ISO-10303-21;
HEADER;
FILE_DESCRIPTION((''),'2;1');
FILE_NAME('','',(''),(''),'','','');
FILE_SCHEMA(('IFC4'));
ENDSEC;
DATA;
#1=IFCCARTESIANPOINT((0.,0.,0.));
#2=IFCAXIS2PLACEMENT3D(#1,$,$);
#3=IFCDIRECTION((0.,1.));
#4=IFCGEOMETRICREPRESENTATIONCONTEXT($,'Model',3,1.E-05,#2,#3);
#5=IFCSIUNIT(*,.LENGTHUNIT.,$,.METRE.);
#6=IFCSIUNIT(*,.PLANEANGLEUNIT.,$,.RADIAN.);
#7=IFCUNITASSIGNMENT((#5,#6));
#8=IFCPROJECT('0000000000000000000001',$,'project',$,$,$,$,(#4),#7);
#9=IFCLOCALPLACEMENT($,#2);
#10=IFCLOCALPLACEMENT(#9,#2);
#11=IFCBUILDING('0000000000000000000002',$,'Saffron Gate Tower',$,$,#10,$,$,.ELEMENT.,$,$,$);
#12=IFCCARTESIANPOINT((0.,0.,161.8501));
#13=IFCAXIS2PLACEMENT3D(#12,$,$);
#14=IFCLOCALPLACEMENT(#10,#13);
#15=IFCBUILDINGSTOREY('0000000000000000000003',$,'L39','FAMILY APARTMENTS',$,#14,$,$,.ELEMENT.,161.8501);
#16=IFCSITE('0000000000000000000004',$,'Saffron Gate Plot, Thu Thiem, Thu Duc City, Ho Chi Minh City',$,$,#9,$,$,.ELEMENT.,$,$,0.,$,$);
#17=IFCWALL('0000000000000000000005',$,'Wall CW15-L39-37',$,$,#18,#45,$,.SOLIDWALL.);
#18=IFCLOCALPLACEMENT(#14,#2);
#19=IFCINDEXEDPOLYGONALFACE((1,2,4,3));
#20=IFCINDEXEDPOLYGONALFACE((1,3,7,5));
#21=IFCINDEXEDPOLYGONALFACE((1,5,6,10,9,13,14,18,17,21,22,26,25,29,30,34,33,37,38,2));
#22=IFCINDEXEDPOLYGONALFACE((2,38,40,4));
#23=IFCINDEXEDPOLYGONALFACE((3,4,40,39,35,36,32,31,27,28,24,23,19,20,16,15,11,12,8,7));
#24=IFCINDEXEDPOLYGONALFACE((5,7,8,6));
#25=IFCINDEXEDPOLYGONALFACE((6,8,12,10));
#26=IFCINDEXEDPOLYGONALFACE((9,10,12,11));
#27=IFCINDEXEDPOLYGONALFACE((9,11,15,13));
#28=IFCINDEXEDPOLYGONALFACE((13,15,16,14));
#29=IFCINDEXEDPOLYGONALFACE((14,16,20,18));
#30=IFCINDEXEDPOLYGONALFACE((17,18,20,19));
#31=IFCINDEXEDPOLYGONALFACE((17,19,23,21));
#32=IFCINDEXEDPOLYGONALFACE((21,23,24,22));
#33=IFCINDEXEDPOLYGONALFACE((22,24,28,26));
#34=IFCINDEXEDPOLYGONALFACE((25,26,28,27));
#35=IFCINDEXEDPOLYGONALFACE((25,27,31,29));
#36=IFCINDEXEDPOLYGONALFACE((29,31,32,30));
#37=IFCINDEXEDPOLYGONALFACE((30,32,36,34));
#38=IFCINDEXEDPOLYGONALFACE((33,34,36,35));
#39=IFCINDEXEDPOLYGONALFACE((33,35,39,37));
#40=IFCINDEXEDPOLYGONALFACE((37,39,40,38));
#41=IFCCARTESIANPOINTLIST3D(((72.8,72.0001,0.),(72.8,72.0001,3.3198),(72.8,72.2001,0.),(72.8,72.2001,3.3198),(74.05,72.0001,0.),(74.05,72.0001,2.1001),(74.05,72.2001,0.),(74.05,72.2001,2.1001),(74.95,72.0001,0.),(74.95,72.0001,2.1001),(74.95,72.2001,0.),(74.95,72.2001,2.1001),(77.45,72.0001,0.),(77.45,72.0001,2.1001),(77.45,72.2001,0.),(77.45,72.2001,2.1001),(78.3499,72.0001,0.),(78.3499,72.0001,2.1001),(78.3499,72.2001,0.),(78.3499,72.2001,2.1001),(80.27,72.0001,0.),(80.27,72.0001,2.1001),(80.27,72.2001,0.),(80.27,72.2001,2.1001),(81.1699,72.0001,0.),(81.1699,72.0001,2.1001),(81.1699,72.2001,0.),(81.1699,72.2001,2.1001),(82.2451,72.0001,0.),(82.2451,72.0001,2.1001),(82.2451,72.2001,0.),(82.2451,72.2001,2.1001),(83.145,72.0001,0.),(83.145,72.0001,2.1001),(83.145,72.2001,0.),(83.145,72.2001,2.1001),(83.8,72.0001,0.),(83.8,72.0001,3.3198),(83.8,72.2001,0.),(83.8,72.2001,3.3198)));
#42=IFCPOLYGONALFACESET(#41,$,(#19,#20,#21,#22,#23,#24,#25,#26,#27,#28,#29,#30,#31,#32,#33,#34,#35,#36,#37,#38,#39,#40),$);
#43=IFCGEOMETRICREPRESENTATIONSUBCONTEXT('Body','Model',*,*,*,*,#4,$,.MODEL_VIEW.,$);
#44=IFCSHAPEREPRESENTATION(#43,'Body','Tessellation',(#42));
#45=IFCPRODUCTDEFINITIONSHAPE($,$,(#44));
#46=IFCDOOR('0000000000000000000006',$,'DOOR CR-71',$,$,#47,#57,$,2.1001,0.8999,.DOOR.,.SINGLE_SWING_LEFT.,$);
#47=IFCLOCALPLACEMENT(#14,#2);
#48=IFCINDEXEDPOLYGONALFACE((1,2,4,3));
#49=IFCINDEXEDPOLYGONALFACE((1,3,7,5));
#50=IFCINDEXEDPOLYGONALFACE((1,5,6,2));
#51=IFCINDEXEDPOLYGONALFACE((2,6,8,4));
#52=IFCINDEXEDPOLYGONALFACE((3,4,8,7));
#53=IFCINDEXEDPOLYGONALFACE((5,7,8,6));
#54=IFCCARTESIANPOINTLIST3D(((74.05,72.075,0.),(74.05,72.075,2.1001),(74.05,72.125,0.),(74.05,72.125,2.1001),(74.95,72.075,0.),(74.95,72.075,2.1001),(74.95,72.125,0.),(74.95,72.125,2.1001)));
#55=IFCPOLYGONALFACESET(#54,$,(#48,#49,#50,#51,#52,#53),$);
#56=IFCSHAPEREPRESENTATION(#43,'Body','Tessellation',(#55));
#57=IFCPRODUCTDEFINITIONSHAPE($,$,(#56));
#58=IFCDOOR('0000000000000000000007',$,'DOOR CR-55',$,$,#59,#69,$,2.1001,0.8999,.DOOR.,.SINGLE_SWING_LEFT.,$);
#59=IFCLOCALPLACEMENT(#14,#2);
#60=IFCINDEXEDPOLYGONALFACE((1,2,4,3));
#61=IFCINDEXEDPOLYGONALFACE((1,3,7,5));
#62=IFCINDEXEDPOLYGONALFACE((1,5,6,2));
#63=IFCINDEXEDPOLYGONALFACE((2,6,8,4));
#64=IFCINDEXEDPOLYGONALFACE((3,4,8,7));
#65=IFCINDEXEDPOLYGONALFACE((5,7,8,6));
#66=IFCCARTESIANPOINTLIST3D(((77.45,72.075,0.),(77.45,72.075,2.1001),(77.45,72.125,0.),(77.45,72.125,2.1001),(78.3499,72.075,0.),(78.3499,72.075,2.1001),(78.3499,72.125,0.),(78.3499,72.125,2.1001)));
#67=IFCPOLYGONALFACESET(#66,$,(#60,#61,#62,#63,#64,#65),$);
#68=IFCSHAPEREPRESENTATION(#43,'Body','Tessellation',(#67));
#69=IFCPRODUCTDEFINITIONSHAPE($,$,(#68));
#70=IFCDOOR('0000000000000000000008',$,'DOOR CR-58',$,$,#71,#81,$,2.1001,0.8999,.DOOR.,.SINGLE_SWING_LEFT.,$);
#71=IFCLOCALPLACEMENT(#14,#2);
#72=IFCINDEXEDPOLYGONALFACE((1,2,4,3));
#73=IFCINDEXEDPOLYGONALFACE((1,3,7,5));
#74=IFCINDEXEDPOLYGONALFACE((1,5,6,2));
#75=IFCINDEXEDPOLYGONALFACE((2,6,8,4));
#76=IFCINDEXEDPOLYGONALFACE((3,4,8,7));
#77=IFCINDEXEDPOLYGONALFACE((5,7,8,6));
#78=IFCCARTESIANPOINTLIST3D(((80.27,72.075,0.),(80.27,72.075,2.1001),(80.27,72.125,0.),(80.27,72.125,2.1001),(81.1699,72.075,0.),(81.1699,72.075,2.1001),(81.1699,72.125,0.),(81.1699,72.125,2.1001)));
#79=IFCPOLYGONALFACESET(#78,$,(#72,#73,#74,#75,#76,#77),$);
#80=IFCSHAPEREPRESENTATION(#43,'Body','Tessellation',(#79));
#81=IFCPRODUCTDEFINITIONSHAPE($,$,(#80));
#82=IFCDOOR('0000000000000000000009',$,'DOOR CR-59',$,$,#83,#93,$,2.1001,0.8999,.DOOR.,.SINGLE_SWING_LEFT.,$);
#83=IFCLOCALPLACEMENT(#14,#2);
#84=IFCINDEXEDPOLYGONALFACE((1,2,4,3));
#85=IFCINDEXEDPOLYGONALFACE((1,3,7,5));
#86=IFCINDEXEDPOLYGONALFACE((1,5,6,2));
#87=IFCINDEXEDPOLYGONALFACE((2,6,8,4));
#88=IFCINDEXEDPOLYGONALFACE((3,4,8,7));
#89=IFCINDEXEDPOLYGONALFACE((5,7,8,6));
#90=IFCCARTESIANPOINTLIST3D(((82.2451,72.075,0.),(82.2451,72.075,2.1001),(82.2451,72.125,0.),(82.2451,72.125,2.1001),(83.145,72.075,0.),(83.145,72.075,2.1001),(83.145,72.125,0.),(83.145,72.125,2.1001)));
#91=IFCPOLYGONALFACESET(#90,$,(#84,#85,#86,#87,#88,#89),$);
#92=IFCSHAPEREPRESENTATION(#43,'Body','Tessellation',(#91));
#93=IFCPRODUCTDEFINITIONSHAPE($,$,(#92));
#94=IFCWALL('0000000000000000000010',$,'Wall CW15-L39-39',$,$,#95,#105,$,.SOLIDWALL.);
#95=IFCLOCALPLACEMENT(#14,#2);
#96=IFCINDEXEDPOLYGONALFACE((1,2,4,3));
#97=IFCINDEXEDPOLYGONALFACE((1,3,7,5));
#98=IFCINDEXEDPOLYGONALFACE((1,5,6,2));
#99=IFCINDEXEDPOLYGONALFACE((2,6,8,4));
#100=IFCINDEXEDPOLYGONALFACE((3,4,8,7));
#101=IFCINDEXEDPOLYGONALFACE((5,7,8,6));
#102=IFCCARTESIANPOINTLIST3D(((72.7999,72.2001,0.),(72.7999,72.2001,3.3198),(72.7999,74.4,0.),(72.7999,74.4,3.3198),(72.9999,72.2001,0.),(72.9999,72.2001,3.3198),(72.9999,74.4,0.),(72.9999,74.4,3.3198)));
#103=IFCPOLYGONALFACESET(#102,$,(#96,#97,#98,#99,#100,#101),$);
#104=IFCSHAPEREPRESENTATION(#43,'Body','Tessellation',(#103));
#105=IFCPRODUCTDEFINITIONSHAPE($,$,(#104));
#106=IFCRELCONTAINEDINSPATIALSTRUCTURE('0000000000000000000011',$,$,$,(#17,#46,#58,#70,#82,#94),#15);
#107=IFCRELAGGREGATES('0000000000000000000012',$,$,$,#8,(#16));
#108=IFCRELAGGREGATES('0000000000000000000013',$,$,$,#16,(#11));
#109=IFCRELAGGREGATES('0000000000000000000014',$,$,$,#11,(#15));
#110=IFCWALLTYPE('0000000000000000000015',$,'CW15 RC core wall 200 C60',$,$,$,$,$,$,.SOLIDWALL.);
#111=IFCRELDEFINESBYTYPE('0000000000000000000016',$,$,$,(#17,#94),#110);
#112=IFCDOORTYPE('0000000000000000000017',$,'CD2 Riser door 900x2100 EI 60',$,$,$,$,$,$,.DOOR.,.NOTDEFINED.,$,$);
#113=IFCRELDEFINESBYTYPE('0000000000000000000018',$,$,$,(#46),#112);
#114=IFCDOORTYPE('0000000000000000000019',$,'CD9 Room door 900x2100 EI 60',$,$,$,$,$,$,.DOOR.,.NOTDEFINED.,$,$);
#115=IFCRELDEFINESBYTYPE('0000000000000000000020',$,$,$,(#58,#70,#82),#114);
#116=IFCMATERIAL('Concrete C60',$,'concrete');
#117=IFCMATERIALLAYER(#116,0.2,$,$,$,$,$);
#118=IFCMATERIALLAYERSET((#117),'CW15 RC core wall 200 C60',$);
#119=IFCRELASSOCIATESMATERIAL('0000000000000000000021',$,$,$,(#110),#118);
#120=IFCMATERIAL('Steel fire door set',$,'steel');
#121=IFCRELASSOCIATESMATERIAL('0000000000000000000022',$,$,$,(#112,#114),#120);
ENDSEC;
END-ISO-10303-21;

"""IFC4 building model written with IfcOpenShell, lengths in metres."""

from ifc_helpers import new_model, si_unit, direction, frame, frame_2d, origin, place, context, subcontext, project, spatial, rectangle, extrude, material, layer, layer_set, type_object, element, fill, save


model = new_model("IFC4")

# Units and contexts
model_context = context("Model", 3, precision=1e-05, world=origin(), true_north=direction((0.0, 1.0)))
body_context = subcontext(model_context, "Body", "Model", "MODEL_VIEW")
ifc_project = project(units=[si_unit("LENGTHUNIT", "METRE"), si_unit("PLANEANGLEUNIT", "RADIAN")], contexts=[model_context])

# Site, building, storey
site_placement = place(None, origin())
site = spatial("IfcSite", under=ifc_project, at=site_placement, Name="Saffron Gate Plot, Thu Thiem, Thu Duc City, Ho Chi Minh City", CompositionType="ELEMENT", RefElevation=0.0)
building_placement = place(site_placement, origin())
building = spatial("IfcBuilding", under=site, at=building_placement, Name="Saffron Gate Tower", CompositionType="ELEMENT")
storey_placement = place(building_placement, frame((0.0, 0.0, 161.8501)))
storey = spatial("IfcBuildingStorey", under=building, at=storey_placement, Name="L39", Description="FAMILY APARTMENTS", CompositionType="ELEMENT", Elevation=161.8501)

# Shared definitions
ifc_material_1 = material(Name="Concrete C60", Category="concrete")
ifc_material_2 = material(Name="Steel fire door set", Category="steel")
ifc_layer_1 = layer(ifc_material_1, 0.2)
ifc_layer_set_1 = layer_set([ifc_layer_1], Name="CW15 RC core wall 200 C60")
wall_type_1 = type_object("IfcWallType", Name="CW15 RC core wall 200 C60", PredefinedType="SOLIDWALL", material=ifc_layer_set_1)

# Wall, openings, doors
wall_1_placement = place(storey_placement, frame((72.8, 72.1001, 0.0), z_axis=(0.0, 0.0, 1.0), x_axis=(1.0, 0.0, 0.0)))
wall_1 = element("IfcWall", 1, at=wall_1_placement, inside=storey, type_object=wall_type_1, Name="Wall CW15-L39-37", PredefinedType="SOLIDWALL", context=body_context, shape_type="SweptSolid", body=[
    extrude(rectangle(XDim=11.0, YDim=0.2, at=frame_2d((5.5, 0.0))), origin(), (0.0, 0.0, 1.0), 3.3198),
])
opening_1_placement = place(wall_1_placement, frame((1.25, 0.0, 0.0)))
opening_1 = element("IfcOpeningElement", 2, at=opening_1_placement, cuts=wall_1, PredefinedType="OPENING", context=body_context, shape_type="SweptSolid", body=[
    extrude(rectangle(XDim=0.8999, YDim=2.1001, at=frame_2d((0.45, 1.05))), frame((0.0, 0.1099, 0.0), z_axis=(0.0, -1.0, 0.0), x_axis=(1.0, 0.0, 0.0)), (0.0, 0.0, 1.0), 0.22),
])
opening_2_placement = place(wall_1_placement, frame((4.6499, 0.0, 0.0)))
opening_2 = element("IfcOpeningElement", 3, at=opening_2_placement, cuts=wall_1, PredefinedType="OPENING", context=body_context, shape_type="SweptSolid", body=[
    extrude(rectangle(XDim=0.8999, YDim=2.1001, at=frame_2d((0.45, 1.05))), frame((0.0, 0.1099, 0.0), z_axis=(0.0, -1.0, 0.0), x_axis=(1.0, 0.0, 0.0)), (0.0, 0.0, 1.0), 0.22),
])
opening_3_placement = place(wall_1_placement, frame((7.47, 0.0, 0.0)))
opening_3 = element("IfcOpeningElement", 4, at=opening_3_placement, cuts=wall_1, PredefinedType="OPENING", context=body_context, shape_type="SweptSolid", body=[
    extrude(rectangle(XDim=0.8999, YDim=2.1001, at=frame_2d((0.45, 1.05))), frame((0.0, 0.1099, 0.0), z_axis=(0.0, -1.0, 0.0), x_axis=(1.0, 0.0, 0.0)), (0.0, 0.0, 1.0), 0.22),
])
opening_4_placement = place(wall_1_placement, frame((9.4451, 0.0, 0.0)))
opening_4 = element("IfcOpeningElement", 5, at=opening_4_placement, cuts=wall_1, PredefinedType="OPENING", context=body_context, shape_type="SweptSolid", body=[
    extrude(rectangle(XDim=0.8999, YDim=2.1001, at=frame_2d((0.45, 1.05))), frame((0.0, 0.1099, 0.0), z_axis=(0.0, -1.0, 0.0), x_axis=(1.0, 0.0, 0.0)), (0.0, 0.0, 1.0), 0.22),
])
door_type_1 = type_object("IfcDoorType", Name="CD2 Riser door 900x2100 EI 60", OperationType="NOTDEFINED", PredefinedType="DOOR", material=ifc_material_2)
door_1_placement = place(opening_1_placement, origin())
door_1 = element("IfcDoor", 6, at=door_1_placement, inside=storey, type_object=door_type_1, Name="DOOR CR-71", OperationType="SINGLE_SWING_LEFT", OverallHeight=2.1001, OverallWidth=0.8999, PredefinedType="DOOR", context=body_context, shape_type="SweptSolid", body=[
    extrude(rectangle(XDim=0.8999, YDim=2.1001, at=frame_2d((0.45, 1.05))), frame((0.0, 0.0249, 0.0), z_axis=(0.0, -1.0, 0.0), x_axis=(1.0, 0.0, 0.0)), (0.0, 0.0, 1.0), 0.05),
])
fill(opening_1, door_1)
door_type_2 = type_object("IfcDoorType", Name="CD9 Room door 900x2100 EI 60", OperationType="NOTDEFINED", PredefinedType="DOOR", material=ifc_material_2)
door_2_placement = place(opening_2_placement, origin())
door_2 = element("IfcDoor", 7, at=door_2_placement, inside=storey, type_object=door_type_2, Name="DOOR CR-55", OperationType="SINGLE_SWING_LEFT", OverallHeight=2.1001, OverallWidth=0.8999, PredefinedType="DOOR", context=body_context, shape_type="SweptSolid", body=[
    extrude(rectangle(XDim=0.8999, YDim=2.1001, at=frame_2d((0.45, 1.05))), frame((0.0, 0.0249, 0.0), z_axis=(0.0, -1.0, 0.0), x_axis=(1.0, 0.0, 0.0)), (0.0, 0.0, 1.0), 0.05),
])
fill(opening_2, door_2)
door_3_placement = place(opening_3_placement, origin())
door_3 = element("IfcDoor", 8, at=door_3_placement, inside=storey, type_object=door_type_2, Name="DOOR CR-58", OperationType="SINGLE_SWING_LEFT", OverallHeight=2.1001, OverallWidth=0.8999, PredefinedType="DOOR", context=body_context, shape_type="SweptSolid", body=[
    extrude(rectangle(XDim=0.8999, YDim=2.1001, at=frame_2d((0.45, 1.05))), frame((0.0, 0.0249, 0.0), z_axis=(0.0, -1.0, 0.0), x_axis=(1.0, 0.0, 0.0)), (0.0, 0.0, 1.0), 0.05),
])
fill(opening_3, door_3)
door_4_placement = place(opening_4_placement, origin())
door_4 = element("IfcDoor", 9, at=door_4_placement, inside=storey, type_object=door_type_2, Name="DOOR CR-59", OperationType="SINGLE_SWING_LEFT", OverallHeight=2.1001, OverallWidth=0.8999, PredefinedType="DOOR", context=body_context, shape_type="SweptSolid", body=[
    extrude(rectangle(XDim=0.8999, YDim=2.1001, at=frame_2d((0.45, 1.05))), frame((0.0, 0.0249, 0.0), z_axis=(0.0, -1.0, 0.0), x_axis=(1.0, 0.0, 0.0)), (0.0, 0.0, 1.0), 0.05),
])
fill(opening_4, door_4)

# Wall
wall_2_placement = place(storey_placement, frame((72.8999, 72.2, 0.0), z_axis=(0.0, 0.0, 1.0), x_axis=(0.0, 1.0, 0.0)))
element("IfcWall", 10, at=wall_2_placement, inside=storey, type_object=wall_type_1, Name="Wall CW15-L39-39", PredefinedType="SOLIDWALL", context=body_context, shape_type="SweptSolid", body=[
    extrude(rectangle(XDim=2.2, YDim=0.2, at=frame_2d((1.1001, 0.0))), origin(), (0.0, 0.0, 1.0), 3.3198),
])

save(model, "model.ifc")
